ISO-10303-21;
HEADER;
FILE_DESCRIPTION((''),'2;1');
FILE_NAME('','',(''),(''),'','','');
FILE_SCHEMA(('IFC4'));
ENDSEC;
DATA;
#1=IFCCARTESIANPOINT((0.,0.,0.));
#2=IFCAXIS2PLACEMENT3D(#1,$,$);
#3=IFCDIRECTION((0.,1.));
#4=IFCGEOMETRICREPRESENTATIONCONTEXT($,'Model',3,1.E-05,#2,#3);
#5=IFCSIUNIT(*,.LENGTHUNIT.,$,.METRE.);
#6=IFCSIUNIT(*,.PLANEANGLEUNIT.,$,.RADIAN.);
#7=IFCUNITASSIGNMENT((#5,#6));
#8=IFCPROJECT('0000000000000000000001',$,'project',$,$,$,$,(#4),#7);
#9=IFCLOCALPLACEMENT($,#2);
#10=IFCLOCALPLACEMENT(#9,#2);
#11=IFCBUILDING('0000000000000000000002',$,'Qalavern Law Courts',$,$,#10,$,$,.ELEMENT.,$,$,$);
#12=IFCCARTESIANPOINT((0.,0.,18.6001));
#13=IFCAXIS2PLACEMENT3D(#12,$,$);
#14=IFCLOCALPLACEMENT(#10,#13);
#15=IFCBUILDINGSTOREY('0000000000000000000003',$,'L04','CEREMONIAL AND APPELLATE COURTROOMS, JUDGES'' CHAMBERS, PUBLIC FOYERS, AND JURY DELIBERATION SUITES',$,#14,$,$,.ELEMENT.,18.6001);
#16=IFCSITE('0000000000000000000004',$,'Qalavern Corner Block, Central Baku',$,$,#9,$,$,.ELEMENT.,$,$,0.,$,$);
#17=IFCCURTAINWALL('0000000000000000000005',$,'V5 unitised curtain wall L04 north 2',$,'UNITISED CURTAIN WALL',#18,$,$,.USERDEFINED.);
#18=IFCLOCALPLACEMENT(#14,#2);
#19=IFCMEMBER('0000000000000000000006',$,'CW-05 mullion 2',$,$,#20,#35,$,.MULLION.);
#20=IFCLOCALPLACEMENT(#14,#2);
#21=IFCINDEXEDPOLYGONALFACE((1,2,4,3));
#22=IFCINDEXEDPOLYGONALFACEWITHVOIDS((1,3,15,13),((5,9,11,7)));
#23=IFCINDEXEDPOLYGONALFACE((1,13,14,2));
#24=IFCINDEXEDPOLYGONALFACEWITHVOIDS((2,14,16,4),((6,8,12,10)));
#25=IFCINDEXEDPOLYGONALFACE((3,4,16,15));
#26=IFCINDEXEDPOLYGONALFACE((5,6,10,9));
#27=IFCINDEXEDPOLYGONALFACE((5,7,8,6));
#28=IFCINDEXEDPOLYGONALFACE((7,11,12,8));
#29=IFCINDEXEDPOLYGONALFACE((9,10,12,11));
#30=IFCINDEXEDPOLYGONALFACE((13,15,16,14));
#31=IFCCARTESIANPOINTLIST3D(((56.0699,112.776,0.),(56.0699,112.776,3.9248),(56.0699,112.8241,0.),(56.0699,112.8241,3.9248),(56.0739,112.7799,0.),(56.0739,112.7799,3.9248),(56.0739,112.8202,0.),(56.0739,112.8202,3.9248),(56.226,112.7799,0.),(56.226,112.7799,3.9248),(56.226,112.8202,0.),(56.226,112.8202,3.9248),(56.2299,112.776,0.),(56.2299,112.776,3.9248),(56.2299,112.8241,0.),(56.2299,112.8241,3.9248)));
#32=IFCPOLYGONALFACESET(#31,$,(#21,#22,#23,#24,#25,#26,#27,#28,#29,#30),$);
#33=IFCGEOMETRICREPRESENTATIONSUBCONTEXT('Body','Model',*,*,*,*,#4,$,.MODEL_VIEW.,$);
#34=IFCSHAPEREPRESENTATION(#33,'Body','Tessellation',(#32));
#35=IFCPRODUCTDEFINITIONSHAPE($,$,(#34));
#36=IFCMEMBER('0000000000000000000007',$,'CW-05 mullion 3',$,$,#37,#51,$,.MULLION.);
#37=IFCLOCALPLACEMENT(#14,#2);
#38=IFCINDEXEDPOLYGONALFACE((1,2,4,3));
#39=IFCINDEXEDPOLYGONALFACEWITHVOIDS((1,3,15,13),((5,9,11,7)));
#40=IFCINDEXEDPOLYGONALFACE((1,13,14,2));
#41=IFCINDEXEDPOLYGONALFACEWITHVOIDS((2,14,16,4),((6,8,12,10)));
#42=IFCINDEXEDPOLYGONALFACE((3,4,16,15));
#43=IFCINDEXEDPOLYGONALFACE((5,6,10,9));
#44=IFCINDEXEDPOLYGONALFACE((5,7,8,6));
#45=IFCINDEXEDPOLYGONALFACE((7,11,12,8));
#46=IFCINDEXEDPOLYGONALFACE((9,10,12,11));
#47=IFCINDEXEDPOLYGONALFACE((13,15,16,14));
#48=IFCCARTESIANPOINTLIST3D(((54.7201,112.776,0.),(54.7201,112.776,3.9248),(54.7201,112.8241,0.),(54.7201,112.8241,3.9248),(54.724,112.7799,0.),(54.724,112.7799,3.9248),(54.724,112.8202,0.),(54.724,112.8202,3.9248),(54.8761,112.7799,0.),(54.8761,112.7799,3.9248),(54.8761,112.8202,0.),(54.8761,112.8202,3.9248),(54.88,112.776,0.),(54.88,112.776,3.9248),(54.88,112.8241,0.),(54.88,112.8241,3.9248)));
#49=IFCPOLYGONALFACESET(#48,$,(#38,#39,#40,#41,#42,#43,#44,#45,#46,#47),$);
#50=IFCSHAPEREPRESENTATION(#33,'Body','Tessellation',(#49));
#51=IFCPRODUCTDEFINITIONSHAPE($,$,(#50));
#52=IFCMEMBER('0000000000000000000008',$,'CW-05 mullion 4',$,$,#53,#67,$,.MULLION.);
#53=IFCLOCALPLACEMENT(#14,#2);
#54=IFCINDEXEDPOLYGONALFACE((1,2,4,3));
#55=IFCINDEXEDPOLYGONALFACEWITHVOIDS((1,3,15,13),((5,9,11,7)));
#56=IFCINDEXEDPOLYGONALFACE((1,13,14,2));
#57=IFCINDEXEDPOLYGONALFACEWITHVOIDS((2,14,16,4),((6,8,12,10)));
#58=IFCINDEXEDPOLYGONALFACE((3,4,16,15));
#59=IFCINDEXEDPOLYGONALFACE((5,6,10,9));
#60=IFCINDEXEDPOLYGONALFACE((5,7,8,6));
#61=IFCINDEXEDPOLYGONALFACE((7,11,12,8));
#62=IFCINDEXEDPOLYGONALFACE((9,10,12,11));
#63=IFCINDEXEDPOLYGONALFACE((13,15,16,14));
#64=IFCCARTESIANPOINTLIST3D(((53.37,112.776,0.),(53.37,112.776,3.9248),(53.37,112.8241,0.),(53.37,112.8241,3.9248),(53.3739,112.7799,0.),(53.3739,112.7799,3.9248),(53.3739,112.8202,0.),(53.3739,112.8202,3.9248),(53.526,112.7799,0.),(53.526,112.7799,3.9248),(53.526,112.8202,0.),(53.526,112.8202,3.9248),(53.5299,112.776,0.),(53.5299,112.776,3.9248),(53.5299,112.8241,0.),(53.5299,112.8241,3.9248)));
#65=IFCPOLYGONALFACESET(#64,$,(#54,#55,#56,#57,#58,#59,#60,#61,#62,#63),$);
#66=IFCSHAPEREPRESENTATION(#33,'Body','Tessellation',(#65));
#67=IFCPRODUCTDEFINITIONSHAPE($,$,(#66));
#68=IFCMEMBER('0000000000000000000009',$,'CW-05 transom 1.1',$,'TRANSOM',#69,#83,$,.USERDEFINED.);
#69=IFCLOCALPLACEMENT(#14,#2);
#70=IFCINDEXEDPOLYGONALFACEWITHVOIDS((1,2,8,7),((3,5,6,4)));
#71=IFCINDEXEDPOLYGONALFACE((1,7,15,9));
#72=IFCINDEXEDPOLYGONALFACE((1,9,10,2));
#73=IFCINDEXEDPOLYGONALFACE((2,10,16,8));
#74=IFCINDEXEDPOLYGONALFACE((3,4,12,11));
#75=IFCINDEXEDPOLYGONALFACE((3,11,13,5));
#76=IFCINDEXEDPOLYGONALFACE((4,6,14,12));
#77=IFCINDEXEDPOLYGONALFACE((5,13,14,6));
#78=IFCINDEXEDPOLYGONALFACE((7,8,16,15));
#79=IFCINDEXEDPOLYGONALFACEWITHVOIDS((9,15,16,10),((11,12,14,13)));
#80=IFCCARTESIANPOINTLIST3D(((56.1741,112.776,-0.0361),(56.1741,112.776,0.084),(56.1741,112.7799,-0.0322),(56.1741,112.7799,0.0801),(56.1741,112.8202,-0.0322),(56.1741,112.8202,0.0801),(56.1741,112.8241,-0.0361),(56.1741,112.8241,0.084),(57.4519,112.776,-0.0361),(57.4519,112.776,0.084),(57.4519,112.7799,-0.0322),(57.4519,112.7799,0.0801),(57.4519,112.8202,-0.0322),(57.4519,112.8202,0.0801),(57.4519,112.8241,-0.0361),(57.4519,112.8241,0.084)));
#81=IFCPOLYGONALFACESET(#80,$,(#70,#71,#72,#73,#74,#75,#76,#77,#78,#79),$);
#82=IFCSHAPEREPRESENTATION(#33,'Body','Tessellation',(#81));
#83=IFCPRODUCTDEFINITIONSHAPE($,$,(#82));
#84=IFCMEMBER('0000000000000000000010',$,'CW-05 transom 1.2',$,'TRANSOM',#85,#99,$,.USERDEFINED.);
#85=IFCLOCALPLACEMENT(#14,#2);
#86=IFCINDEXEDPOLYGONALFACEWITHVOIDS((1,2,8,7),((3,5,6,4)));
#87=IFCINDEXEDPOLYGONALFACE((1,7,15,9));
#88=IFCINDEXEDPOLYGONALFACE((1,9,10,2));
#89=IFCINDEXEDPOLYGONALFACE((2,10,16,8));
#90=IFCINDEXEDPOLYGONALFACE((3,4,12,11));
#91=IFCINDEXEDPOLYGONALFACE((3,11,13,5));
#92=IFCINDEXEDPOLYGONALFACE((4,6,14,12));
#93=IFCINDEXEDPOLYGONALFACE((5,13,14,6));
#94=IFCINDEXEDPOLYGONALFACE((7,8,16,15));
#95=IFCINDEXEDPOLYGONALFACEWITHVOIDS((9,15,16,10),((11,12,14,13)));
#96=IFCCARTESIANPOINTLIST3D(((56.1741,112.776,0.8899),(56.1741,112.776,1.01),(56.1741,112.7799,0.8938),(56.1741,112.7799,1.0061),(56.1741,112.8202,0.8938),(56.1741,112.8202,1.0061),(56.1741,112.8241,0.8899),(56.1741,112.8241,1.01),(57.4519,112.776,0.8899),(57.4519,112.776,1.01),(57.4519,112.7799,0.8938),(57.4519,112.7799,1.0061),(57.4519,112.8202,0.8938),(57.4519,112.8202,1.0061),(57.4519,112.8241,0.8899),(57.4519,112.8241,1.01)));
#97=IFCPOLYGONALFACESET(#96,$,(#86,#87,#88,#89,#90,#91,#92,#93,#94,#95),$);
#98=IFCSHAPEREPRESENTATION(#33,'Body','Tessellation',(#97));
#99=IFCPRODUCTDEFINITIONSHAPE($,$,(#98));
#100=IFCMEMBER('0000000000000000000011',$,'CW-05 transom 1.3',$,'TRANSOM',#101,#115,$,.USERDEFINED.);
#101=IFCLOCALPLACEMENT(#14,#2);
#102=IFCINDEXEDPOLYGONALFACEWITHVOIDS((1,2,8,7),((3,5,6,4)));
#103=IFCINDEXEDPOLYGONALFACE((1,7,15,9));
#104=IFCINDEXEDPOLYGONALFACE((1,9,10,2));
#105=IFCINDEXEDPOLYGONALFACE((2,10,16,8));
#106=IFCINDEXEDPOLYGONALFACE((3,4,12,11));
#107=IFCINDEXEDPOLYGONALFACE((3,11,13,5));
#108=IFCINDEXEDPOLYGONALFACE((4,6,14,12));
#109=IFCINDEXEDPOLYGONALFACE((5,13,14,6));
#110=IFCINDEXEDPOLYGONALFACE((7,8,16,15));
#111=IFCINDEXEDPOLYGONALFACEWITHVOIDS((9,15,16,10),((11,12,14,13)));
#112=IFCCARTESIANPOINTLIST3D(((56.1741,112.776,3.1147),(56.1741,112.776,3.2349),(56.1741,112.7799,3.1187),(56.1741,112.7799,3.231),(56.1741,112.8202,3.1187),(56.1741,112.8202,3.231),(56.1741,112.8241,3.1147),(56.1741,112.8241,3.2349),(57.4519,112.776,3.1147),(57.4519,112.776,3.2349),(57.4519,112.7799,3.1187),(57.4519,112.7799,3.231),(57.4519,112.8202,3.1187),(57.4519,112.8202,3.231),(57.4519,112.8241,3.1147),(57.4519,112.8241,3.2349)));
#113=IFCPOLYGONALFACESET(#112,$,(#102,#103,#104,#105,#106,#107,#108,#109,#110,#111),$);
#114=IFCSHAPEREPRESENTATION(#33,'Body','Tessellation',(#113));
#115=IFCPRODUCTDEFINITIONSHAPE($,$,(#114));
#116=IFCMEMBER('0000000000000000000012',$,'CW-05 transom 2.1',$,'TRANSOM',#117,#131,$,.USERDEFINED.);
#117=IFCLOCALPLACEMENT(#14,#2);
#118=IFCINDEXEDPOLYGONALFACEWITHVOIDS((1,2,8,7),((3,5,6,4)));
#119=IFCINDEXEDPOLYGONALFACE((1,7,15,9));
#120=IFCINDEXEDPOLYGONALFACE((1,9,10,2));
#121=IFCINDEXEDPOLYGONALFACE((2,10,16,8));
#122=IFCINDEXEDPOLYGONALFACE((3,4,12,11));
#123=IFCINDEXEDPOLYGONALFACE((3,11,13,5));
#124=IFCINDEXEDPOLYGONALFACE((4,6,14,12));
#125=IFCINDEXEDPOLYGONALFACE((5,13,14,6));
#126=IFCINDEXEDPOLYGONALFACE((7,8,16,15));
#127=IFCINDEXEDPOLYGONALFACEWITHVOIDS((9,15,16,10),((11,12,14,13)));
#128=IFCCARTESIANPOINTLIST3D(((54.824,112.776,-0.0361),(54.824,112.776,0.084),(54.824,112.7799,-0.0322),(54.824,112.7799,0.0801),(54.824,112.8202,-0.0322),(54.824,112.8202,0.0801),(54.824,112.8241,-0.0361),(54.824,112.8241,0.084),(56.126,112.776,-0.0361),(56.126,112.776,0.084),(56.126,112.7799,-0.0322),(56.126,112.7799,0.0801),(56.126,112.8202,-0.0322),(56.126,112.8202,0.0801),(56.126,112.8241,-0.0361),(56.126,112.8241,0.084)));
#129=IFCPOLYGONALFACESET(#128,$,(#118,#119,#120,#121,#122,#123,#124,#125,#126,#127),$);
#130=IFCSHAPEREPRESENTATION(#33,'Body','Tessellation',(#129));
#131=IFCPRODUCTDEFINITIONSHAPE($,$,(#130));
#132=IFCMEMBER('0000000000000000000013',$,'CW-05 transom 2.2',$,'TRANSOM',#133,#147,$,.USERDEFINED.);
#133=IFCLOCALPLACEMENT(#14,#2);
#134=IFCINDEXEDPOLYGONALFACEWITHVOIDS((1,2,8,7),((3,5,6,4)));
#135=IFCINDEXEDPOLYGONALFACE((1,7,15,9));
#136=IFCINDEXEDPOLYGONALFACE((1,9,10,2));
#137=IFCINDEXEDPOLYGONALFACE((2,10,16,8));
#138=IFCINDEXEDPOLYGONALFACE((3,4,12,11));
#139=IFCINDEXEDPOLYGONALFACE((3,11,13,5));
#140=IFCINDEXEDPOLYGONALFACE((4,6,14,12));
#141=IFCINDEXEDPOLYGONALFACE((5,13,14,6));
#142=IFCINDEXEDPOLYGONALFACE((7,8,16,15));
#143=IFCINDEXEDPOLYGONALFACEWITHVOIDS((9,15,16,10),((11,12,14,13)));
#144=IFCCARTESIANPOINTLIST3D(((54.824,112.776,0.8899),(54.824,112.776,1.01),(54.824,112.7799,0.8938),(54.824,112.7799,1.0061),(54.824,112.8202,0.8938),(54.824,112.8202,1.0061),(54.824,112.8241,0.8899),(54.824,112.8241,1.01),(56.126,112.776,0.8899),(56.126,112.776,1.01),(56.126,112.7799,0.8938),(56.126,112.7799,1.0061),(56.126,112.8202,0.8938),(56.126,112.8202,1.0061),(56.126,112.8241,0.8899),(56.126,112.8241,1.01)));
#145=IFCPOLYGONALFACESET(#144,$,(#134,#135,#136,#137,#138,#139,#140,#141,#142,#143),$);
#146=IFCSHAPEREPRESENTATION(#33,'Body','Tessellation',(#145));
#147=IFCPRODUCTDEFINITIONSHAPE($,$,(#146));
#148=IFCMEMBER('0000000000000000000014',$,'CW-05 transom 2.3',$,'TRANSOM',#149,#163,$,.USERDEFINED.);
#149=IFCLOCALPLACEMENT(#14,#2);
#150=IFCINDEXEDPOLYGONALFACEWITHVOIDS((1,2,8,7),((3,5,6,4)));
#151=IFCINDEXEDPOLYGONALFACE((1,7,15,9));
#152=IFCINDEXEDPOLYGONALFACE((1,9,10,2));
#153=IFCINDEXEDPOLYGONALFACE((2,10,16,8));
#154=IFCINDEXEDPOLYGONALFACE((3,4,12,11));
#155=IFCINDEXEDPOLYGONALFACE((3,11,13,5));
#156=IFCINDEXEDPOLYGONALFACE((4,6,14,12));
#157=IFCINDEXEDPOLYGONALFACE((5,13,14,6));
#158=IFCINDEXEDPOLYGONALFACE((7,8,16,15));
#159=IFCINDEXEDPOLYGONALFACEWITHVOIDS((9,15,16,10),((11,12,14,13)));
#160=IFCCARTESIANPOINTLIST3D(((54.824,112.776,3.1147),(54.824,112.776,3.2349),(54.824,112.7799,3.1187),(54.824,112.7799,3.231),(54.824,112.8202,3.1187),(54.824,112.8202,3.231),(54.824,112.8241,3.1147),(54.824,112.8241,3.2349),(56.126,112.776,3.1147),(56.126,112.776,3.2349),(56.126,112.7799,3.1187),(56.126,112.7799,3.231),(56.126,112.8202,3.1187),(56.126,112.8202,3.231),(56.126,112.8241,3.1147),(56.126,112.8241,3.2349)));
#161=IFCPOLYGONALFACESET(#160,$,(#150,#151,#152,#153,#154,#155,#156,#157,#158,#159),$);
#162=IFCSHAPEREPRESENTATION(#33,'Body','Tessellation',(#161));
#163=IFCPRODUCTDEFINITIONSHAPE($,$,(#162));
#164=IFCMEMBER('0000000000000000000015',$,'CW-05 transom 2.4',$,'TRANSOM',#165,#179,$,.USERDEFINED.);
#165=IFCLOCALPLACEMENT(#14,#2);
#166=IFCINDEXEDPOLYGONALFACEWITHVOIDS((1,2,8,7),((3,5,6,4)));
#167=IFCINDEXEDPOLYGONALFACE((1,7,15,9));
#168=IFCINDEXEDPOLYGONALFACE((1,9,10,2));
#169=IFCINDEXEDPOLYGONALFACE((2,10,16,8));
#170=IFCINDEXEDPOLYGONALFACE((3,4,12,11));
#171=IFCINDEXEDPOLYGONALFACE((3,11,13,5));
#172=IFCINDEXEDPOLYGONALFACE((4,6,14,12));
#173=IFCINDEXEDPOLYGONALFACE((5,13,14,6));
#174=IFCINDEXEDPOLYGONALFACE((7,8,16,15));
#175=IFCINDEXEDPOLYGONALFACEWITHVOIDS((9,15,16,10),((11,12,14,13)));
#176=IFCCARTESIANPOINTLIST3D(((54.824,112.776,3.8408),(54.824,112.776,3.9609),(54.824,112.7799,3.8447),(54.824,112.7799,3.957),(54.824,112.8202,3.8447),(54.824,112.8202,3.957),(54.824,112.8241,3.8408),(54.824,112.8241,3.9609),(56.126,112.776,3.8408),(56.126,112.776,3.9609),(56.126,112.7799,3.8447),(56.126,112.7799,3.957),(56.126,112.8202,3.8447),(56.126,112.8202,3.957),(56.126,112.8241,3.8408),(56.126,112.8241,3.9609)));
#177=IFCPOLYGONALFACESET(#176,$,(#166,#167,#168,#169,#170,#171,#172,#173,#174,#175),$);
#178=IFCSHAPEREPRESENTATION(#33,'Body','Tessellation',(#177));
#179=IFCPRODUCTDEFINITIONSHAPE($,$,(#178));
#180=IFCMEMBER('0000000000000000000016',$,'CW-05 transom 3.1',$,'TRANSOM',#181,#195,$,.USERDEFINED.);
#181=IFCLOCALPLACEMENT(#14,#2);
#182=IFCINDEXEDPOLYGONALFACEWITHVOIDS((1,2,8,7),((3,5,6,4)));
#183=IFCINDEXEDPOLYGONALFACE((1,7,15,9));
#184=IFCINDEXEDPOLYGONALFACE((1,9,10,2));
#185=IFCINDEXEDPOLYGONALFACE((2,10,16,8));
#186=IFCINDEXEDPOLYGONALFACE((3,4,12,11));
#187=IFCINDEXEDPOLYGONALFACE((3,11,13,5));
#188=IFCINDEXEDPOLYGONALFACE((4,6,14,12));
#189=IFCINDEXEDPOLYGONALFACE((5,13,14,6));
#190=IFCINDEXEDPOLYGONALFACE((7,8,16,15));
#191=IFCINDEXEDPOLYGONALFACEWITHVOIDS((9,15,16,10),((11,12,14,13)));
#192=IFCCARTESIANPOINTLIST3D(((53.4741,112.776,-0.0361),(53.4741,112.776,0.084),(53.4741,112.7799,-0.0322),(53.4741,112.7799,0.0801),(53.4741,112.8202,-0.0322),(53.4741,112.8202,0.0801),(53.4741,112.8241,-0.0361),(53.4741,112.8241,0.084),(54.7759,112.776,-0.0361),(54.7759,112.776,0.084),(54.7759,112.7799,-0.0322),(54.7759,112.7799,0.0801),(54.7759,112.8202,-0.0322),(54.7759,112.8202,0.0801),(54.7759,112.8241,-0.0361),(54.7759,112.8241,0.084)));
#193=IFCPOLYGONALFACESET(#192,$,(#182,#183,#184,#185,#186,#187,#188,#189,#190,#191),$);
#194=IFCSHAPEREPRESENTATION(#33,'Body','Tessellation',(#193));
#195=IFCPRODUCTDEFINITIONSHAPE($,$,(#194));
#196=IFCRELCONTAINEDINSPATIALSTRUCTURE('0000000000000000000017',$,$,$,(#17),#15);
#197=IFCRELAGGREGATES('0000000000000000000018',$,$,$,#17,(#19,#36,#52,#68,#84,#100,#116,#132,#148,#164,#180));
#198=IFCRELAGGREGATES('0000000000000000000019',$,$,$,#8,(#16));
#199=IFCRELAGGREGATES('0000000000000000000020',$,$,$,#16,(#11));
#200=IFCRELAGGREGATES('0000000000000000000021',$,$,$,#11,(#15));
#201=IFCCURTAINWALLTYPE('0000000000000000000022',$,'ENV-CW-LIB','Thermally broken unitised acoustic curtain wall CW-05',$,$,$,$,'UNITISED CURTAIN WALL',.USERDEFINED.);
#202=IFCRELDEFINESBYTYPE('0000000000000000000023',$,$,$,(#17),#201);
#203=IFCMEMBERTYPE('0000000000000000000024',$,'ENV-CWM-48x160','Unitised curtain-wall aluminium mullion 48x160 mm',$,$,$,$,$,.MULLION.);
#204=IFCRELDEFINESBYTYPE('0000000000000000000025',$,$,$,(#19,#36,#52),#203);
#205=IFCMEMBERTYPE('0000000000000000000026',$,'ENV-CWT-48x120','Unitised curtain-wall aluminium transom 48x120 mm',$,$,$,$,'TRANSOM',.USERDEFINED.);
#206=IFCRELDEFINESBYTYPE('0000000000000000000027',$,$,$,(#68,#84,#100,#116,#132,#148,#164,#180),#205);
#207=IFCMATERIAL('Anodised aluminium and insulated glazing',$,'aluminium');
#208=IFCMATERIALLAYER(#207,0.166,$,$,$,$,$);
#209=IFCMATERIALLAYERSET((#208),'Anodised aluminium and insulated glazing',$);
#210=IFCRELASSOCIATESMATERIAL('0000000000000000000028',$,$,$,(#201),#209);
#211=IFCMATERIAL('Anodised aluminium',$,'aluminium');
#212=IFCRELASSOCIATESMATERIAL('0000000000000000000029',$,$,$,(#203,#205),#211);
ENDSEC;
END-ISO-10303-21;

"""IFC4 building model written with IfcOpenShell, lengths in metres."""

from ifc_helpers import new_model, si_unit, direction, frame, origin, origin_2d, place, context, subcontext, project, spatial, hollow_rectangle, extrude, material, layer, layer_set, material_profile, profile_set, type_object, element, aggregate, save


model = new_model("IFC4")

# Units and contexts
model_context = context("Model", 3, precision=1e-05, world=origin(), true_north=direction((0.0, 1.0)))
body_context = subcontext(model_context, "Body", "Model", "MODEL_VIEW")
ifc_project = project(units=[si_unit("LENGTHUNIT", "METRE"), si_unit("PLANEANGLEUNIT", "RADIAN")], contexts=[model_context])

# Site, building, storey
site_placement = place(None, origin())
site = spatial("IfcSite", under=ifc_project, at=site_placement, Name="Qalavern Corner Block, Central Baku", CompositionType="ELEMENT", RefElevation=0.0)
building_placement = place(site_placement, origin())
building = spatial("IfcBuilding", under=site, at=building_placement, Name="Qalavern Law Courts", CompositionType="ELEMENT")
storey_placement = place(building_placement, frame((0.0, 0.0, 18.6001)))
storey = spatial("IfcBuildingStorey", under=building, at=storey_placement, Name="L04", Description="CEREMONIAL AND APPELLATE COURTROOMS, JUDGES' CHAMBERS, PUBLIC FOYERS, AND JURY DELIBERATION SUITES", CompositionType="ELEMENT", Elevation=18.6001)

# Curtain wall, members
ifc_material_1 = material(Name="Anodised aluminium and insulated glazing", Category="aluminium")
ifc_layer_1 = layer(ifc_material_1, 0.166)
ifc_layer_set_1 = layer_set([ifc_layer_1], Name="Anodised aluminium and insulated glazing")
curtain_wall_type = type_object("IfcCurtainWallType", Name="ENV-CW-LIB", Description="Thermally broken unitised acoustic curtain wall CW-05", ElementType="UNITISED CURTAIN WALL", PredefinedType="USERDEFINED", material=ifc_layer_set_1)
curtain_wall_placement = place(storey_placement, origin())
curtain_wall = element("IfcCurtainWall", 1, at=curtain_wall_placement, inside=storey, type_object=curtain_wall_type, Name="V5 unitised curtain wall L04 north 2", ObjectType="UNITISED CURTAIN WALL", PredefinedType="USERDEFINED")
ifc_material_2 = material(Name="Anodised aluminium", Category="aluminium")
ifc_material_profile_1 = material_profile(ifc_material_2, hollow_rectangle(XDim=0.0481, YDim=0.1599, WallThickness=0.0039, at=origin_2d()), Name="ALU MULLION 48x160")
ifc_profile_set_1 = profile_set([ifc_material_profile_1], Name="Anodised aluminium")
member_type_1 = type_object("IfcMemberType", Name="ENV-CWM-48x160", Description="Unitised curtain-wall aluminium mullion 48x160 mm", PredefinedType="MULLION", material=ifc_profile_set_1)
member_1_placement = place(storey_placement, frame((56.1499, 112.8, 0.0), z_axis=(0.0, 0.0, 1.0), x_axis=(0.0, -1.0, 0.0)))
member_1 = element("IfcMember", 2, at=member_1_placement, type_object=member_type_1, Name="CW-05 mullion 2", PredefinedType="MULLION", context=body_context, shape_type="SweptSolid", body=[
    extrude(hollow_rectangle(XDim=0.0481, YDim=0.1599, WallThickness=0.0039, at=origin_2d()), origin(), (0.0, 0.0, 1.0), 3.9248),
])
member_2_placement = place(storey_placement, frame((54.8, 112.8, 0.0), z_axis=(0.0, 0.0, 1.0), x_axis=(0.0, -1.0, 0.0)))
member_2 = element("IfcMember", 3, at=member_2_placement, type_object=member_type_1, Name="CW-05 mullion 3", PredefinedType="MULLION", context=body_context, shape_type="SweptSolid", body=[
    extrude(hollow_rectangle(XDim=0.0481, YDim=0.1599, WallThickness=0.0039, at=origin_2d()), origin(), (0.0, 0.0, 1.0), 3.9248),
])
member_3_placement = place(storey_placement, frame((53.45, 112.8, 0.0), z_axis=(0.0, 0.0, 1.0), x_axis=(0.0, -1.0, 0.0)))
member_3 = element("IfcMember", 4, at=member_3_placement, type_object=member_type_1, Name="CW-05 mullion 4", PredefinedType="MULLION", context=body_context, shape_type="SweptSolid", body=[
    extrude(hollow_rectangle(XDim=0.0481, YDim=0.1599, WallThickness=0.0039, at=origin_2d()), origin(), (0.0, 0.0, 1.0), 3.9248),
])
ifc_material_profile_2 = material_profile(ifc_material_2, hollow_rectangle(XDim=0.0481, YDim=0.1201, WallThickness=0.0039, at=origin_2d()), Name="ALU TRANSOM 48x120")
ifc_profile_set_2 = profile_set([ifc_material_profile_2], Name="Anodised aluminium")
member_type_2 = type_object("IfcMemberType", Name="ENV-CWT-48x120", Description="Unitised curtain-wall aluminium transom 48x120 mm", ElementType="TRANSOM", PredefinedType="USERDEFINED", material=ifc_profile_set_2)
member_4_placement = place(storey_placement, frame((57.4519, 112.8, 0.0239), z_axis=(-1.0, 0.0, 0.0), x_axis=(0.0, -1.0, 0.0)))
member_4 = element("IfcMember", 5, at=member_4_placement, type_object=member_type_2, Name="CW-05 transom 1.1", ObjectType="TRANSOM", PredefinedType="USERDEFINED", context=body_context, shape_type="SweptSolid", body=[
    extrude(hollow_rectangle(XDim=0.0481, YDim=0.1201, WallThickness=0.0039, at=origin_2d()), origin(), (0.0, 0.0, 1.0), 1.2778),
])
member_5_placement = place(storey_placement, frame((57.4519, 112.8, 0.95), z_axis=(-1.0, 0.0, 0.0), x_axis=(0.0, -1.0, 0.0)))
member_5 = element("IfcMember", 6, at=member_5_placement, type_object=member_type_2, Name="CW-05 transom 1.2", ObjectType="TRANSOM", PredefinedType="USERDEFINED", context=body_context, shape_type="SweptSolid", body=[
    extrude(hollow_rectangle(XDim=0.0481, YDim=0.1201, WallThickness=0.0039, at=origin_2d()), origin(), (0.0, 0.0, 1.0), 1.2778),
])
member_6_placement = place(storey_placement, frame((57.4519, 112.8, 3.1748), z_axis=(-1.0, 0.0, 0.0), x_axis=(0.0, -1.0, 0.0)))
member_6 = element("IfcMember", 7, at=member_6_placement, type_object=member_type_2, Name="CW-05 transom 1.3", ObjectType="TRANSOM", PredefinedType="USERDEFINED", context=body_context, shape_type="SweptSolid", body=[
    extrude(hollow_rectangle(XDim=0.0481, YDim=0.1201, WallThickness=0.0039, at=origin_2d()), origin(), (0.0, 0.0, 1.0), 1.2778),
])
member_7_placement = place(storey_placement, frame((56.126, 112.8, 0.0239), z_axis=(-1.0, 0.0, 0.0), x_axis=(0.0, -1.0, 0.0)))
member_7 = element("IfcMember", 8, at=member_7_placement, type_object=member_type_2, Name="CW-05 transom 2.1", ObjectType="TRANSOM", PredefinedType="USERDEFINED", context=body_context, shape_type="SweptSolid", body=[
    extrude(hollow_rectangle(XDim=0.0481, YDim=0.1201, WallThickness=0.0039, at=origin_2d()), origin(), (0.0, 0.0, 1.0), 1.302),
])
member_8_placement = place(storey_placement, frame((56.126, 112.8, 0.95), z_axis=(-1.0, 0.0, 0.0), x_axis=(0.0, -1.0, 0.0)))
member_8 = element("IfcMember", 9, at=member_8_placement, type_object=member_type_2, Name="CW-05 transom 2.2", ObjectType="TRANSOM", PredefinedType="USERDEFINED", context=body_context, shape_type="SweptSolid", body=[
    extrude(hollow_rectangle(XDim=0.0481, YDim=0.1201, WallThickness=0.0039, at=origin_2d()), origin(), (0.0, 0.0, 1.0), 1.302),
])
member_9_placement = place(storey_placement, frame((56.126, 112.8, 3.1748), z_axis=(-1.0, 0.0, 0.0), x_axis=(0.0, -1.0, 0.0)))
member_9 = element("IfcMember", 10, at=member_9_placement, type_object=member_type_2, Name="CW-05 transom 2.3", ObjectType="TRANSOM", PredefinedType="USERDEFINED", context=body_context, shape_type="SweptSolid", body=[
    extrude(hollow_rectangle(XDim=0.0481, YDim=0.1201, WallThickness=0.0039, at=origin_2d()), origin(), (0.0, 0.0, 1.0), 1.302),
])
member_10_placement = place(storey_placement, frame((56.126, 112.8, 3.9009), z_axis=(-1.0, 0.0, 0.0), x_axis=(0.0, -1.0, 0.0)))
member_10 = element("IfcMember", 11, at=member_10_placement, type_object=member_type_2, Name="CW-05 transom 2.4", ObjectType="TRANSOM", PredefinedType="USERDEFINED", context=body_context, shape_type="SweptSolid", body=[
    extrude(hollow_rectangle(XDim=0.0481, YDim=0.1201, WallThickness=0.0039, at=origin_2d()), origin(), (0.0, 0.0, 1.0), 1.302),
])
member_11_placement = place(storey_placement, frame((54.7759, 112.8, 0.0239), z_axis=(-1.0, 0.0, 0.0), x_axis=(0.0, -1.0, 0.0)))
member_11 = element("IfcMember", 12, at=member_11_placement, type_object=member_type_2, Name="CW-05 transom 3.1", ObjectType="TRANSOM", PredefinedType="USERDEFINED", context=body_context, shape_type="SweptSolid", body=[
    extrude(hollow_rectangle(XDim=0.0481, YDim=0.1201, WallThickness=0.0039, at=origin_2d()), origin(), (0.0, 0.0, 1.0), 1.3018),
])
aggregate(curtain_wall, [member_1, member_2, member_3, member_4, member_5, member_6, member_7, member_8, member_9, member_10, member_11])

save(model, "model.ifc")
